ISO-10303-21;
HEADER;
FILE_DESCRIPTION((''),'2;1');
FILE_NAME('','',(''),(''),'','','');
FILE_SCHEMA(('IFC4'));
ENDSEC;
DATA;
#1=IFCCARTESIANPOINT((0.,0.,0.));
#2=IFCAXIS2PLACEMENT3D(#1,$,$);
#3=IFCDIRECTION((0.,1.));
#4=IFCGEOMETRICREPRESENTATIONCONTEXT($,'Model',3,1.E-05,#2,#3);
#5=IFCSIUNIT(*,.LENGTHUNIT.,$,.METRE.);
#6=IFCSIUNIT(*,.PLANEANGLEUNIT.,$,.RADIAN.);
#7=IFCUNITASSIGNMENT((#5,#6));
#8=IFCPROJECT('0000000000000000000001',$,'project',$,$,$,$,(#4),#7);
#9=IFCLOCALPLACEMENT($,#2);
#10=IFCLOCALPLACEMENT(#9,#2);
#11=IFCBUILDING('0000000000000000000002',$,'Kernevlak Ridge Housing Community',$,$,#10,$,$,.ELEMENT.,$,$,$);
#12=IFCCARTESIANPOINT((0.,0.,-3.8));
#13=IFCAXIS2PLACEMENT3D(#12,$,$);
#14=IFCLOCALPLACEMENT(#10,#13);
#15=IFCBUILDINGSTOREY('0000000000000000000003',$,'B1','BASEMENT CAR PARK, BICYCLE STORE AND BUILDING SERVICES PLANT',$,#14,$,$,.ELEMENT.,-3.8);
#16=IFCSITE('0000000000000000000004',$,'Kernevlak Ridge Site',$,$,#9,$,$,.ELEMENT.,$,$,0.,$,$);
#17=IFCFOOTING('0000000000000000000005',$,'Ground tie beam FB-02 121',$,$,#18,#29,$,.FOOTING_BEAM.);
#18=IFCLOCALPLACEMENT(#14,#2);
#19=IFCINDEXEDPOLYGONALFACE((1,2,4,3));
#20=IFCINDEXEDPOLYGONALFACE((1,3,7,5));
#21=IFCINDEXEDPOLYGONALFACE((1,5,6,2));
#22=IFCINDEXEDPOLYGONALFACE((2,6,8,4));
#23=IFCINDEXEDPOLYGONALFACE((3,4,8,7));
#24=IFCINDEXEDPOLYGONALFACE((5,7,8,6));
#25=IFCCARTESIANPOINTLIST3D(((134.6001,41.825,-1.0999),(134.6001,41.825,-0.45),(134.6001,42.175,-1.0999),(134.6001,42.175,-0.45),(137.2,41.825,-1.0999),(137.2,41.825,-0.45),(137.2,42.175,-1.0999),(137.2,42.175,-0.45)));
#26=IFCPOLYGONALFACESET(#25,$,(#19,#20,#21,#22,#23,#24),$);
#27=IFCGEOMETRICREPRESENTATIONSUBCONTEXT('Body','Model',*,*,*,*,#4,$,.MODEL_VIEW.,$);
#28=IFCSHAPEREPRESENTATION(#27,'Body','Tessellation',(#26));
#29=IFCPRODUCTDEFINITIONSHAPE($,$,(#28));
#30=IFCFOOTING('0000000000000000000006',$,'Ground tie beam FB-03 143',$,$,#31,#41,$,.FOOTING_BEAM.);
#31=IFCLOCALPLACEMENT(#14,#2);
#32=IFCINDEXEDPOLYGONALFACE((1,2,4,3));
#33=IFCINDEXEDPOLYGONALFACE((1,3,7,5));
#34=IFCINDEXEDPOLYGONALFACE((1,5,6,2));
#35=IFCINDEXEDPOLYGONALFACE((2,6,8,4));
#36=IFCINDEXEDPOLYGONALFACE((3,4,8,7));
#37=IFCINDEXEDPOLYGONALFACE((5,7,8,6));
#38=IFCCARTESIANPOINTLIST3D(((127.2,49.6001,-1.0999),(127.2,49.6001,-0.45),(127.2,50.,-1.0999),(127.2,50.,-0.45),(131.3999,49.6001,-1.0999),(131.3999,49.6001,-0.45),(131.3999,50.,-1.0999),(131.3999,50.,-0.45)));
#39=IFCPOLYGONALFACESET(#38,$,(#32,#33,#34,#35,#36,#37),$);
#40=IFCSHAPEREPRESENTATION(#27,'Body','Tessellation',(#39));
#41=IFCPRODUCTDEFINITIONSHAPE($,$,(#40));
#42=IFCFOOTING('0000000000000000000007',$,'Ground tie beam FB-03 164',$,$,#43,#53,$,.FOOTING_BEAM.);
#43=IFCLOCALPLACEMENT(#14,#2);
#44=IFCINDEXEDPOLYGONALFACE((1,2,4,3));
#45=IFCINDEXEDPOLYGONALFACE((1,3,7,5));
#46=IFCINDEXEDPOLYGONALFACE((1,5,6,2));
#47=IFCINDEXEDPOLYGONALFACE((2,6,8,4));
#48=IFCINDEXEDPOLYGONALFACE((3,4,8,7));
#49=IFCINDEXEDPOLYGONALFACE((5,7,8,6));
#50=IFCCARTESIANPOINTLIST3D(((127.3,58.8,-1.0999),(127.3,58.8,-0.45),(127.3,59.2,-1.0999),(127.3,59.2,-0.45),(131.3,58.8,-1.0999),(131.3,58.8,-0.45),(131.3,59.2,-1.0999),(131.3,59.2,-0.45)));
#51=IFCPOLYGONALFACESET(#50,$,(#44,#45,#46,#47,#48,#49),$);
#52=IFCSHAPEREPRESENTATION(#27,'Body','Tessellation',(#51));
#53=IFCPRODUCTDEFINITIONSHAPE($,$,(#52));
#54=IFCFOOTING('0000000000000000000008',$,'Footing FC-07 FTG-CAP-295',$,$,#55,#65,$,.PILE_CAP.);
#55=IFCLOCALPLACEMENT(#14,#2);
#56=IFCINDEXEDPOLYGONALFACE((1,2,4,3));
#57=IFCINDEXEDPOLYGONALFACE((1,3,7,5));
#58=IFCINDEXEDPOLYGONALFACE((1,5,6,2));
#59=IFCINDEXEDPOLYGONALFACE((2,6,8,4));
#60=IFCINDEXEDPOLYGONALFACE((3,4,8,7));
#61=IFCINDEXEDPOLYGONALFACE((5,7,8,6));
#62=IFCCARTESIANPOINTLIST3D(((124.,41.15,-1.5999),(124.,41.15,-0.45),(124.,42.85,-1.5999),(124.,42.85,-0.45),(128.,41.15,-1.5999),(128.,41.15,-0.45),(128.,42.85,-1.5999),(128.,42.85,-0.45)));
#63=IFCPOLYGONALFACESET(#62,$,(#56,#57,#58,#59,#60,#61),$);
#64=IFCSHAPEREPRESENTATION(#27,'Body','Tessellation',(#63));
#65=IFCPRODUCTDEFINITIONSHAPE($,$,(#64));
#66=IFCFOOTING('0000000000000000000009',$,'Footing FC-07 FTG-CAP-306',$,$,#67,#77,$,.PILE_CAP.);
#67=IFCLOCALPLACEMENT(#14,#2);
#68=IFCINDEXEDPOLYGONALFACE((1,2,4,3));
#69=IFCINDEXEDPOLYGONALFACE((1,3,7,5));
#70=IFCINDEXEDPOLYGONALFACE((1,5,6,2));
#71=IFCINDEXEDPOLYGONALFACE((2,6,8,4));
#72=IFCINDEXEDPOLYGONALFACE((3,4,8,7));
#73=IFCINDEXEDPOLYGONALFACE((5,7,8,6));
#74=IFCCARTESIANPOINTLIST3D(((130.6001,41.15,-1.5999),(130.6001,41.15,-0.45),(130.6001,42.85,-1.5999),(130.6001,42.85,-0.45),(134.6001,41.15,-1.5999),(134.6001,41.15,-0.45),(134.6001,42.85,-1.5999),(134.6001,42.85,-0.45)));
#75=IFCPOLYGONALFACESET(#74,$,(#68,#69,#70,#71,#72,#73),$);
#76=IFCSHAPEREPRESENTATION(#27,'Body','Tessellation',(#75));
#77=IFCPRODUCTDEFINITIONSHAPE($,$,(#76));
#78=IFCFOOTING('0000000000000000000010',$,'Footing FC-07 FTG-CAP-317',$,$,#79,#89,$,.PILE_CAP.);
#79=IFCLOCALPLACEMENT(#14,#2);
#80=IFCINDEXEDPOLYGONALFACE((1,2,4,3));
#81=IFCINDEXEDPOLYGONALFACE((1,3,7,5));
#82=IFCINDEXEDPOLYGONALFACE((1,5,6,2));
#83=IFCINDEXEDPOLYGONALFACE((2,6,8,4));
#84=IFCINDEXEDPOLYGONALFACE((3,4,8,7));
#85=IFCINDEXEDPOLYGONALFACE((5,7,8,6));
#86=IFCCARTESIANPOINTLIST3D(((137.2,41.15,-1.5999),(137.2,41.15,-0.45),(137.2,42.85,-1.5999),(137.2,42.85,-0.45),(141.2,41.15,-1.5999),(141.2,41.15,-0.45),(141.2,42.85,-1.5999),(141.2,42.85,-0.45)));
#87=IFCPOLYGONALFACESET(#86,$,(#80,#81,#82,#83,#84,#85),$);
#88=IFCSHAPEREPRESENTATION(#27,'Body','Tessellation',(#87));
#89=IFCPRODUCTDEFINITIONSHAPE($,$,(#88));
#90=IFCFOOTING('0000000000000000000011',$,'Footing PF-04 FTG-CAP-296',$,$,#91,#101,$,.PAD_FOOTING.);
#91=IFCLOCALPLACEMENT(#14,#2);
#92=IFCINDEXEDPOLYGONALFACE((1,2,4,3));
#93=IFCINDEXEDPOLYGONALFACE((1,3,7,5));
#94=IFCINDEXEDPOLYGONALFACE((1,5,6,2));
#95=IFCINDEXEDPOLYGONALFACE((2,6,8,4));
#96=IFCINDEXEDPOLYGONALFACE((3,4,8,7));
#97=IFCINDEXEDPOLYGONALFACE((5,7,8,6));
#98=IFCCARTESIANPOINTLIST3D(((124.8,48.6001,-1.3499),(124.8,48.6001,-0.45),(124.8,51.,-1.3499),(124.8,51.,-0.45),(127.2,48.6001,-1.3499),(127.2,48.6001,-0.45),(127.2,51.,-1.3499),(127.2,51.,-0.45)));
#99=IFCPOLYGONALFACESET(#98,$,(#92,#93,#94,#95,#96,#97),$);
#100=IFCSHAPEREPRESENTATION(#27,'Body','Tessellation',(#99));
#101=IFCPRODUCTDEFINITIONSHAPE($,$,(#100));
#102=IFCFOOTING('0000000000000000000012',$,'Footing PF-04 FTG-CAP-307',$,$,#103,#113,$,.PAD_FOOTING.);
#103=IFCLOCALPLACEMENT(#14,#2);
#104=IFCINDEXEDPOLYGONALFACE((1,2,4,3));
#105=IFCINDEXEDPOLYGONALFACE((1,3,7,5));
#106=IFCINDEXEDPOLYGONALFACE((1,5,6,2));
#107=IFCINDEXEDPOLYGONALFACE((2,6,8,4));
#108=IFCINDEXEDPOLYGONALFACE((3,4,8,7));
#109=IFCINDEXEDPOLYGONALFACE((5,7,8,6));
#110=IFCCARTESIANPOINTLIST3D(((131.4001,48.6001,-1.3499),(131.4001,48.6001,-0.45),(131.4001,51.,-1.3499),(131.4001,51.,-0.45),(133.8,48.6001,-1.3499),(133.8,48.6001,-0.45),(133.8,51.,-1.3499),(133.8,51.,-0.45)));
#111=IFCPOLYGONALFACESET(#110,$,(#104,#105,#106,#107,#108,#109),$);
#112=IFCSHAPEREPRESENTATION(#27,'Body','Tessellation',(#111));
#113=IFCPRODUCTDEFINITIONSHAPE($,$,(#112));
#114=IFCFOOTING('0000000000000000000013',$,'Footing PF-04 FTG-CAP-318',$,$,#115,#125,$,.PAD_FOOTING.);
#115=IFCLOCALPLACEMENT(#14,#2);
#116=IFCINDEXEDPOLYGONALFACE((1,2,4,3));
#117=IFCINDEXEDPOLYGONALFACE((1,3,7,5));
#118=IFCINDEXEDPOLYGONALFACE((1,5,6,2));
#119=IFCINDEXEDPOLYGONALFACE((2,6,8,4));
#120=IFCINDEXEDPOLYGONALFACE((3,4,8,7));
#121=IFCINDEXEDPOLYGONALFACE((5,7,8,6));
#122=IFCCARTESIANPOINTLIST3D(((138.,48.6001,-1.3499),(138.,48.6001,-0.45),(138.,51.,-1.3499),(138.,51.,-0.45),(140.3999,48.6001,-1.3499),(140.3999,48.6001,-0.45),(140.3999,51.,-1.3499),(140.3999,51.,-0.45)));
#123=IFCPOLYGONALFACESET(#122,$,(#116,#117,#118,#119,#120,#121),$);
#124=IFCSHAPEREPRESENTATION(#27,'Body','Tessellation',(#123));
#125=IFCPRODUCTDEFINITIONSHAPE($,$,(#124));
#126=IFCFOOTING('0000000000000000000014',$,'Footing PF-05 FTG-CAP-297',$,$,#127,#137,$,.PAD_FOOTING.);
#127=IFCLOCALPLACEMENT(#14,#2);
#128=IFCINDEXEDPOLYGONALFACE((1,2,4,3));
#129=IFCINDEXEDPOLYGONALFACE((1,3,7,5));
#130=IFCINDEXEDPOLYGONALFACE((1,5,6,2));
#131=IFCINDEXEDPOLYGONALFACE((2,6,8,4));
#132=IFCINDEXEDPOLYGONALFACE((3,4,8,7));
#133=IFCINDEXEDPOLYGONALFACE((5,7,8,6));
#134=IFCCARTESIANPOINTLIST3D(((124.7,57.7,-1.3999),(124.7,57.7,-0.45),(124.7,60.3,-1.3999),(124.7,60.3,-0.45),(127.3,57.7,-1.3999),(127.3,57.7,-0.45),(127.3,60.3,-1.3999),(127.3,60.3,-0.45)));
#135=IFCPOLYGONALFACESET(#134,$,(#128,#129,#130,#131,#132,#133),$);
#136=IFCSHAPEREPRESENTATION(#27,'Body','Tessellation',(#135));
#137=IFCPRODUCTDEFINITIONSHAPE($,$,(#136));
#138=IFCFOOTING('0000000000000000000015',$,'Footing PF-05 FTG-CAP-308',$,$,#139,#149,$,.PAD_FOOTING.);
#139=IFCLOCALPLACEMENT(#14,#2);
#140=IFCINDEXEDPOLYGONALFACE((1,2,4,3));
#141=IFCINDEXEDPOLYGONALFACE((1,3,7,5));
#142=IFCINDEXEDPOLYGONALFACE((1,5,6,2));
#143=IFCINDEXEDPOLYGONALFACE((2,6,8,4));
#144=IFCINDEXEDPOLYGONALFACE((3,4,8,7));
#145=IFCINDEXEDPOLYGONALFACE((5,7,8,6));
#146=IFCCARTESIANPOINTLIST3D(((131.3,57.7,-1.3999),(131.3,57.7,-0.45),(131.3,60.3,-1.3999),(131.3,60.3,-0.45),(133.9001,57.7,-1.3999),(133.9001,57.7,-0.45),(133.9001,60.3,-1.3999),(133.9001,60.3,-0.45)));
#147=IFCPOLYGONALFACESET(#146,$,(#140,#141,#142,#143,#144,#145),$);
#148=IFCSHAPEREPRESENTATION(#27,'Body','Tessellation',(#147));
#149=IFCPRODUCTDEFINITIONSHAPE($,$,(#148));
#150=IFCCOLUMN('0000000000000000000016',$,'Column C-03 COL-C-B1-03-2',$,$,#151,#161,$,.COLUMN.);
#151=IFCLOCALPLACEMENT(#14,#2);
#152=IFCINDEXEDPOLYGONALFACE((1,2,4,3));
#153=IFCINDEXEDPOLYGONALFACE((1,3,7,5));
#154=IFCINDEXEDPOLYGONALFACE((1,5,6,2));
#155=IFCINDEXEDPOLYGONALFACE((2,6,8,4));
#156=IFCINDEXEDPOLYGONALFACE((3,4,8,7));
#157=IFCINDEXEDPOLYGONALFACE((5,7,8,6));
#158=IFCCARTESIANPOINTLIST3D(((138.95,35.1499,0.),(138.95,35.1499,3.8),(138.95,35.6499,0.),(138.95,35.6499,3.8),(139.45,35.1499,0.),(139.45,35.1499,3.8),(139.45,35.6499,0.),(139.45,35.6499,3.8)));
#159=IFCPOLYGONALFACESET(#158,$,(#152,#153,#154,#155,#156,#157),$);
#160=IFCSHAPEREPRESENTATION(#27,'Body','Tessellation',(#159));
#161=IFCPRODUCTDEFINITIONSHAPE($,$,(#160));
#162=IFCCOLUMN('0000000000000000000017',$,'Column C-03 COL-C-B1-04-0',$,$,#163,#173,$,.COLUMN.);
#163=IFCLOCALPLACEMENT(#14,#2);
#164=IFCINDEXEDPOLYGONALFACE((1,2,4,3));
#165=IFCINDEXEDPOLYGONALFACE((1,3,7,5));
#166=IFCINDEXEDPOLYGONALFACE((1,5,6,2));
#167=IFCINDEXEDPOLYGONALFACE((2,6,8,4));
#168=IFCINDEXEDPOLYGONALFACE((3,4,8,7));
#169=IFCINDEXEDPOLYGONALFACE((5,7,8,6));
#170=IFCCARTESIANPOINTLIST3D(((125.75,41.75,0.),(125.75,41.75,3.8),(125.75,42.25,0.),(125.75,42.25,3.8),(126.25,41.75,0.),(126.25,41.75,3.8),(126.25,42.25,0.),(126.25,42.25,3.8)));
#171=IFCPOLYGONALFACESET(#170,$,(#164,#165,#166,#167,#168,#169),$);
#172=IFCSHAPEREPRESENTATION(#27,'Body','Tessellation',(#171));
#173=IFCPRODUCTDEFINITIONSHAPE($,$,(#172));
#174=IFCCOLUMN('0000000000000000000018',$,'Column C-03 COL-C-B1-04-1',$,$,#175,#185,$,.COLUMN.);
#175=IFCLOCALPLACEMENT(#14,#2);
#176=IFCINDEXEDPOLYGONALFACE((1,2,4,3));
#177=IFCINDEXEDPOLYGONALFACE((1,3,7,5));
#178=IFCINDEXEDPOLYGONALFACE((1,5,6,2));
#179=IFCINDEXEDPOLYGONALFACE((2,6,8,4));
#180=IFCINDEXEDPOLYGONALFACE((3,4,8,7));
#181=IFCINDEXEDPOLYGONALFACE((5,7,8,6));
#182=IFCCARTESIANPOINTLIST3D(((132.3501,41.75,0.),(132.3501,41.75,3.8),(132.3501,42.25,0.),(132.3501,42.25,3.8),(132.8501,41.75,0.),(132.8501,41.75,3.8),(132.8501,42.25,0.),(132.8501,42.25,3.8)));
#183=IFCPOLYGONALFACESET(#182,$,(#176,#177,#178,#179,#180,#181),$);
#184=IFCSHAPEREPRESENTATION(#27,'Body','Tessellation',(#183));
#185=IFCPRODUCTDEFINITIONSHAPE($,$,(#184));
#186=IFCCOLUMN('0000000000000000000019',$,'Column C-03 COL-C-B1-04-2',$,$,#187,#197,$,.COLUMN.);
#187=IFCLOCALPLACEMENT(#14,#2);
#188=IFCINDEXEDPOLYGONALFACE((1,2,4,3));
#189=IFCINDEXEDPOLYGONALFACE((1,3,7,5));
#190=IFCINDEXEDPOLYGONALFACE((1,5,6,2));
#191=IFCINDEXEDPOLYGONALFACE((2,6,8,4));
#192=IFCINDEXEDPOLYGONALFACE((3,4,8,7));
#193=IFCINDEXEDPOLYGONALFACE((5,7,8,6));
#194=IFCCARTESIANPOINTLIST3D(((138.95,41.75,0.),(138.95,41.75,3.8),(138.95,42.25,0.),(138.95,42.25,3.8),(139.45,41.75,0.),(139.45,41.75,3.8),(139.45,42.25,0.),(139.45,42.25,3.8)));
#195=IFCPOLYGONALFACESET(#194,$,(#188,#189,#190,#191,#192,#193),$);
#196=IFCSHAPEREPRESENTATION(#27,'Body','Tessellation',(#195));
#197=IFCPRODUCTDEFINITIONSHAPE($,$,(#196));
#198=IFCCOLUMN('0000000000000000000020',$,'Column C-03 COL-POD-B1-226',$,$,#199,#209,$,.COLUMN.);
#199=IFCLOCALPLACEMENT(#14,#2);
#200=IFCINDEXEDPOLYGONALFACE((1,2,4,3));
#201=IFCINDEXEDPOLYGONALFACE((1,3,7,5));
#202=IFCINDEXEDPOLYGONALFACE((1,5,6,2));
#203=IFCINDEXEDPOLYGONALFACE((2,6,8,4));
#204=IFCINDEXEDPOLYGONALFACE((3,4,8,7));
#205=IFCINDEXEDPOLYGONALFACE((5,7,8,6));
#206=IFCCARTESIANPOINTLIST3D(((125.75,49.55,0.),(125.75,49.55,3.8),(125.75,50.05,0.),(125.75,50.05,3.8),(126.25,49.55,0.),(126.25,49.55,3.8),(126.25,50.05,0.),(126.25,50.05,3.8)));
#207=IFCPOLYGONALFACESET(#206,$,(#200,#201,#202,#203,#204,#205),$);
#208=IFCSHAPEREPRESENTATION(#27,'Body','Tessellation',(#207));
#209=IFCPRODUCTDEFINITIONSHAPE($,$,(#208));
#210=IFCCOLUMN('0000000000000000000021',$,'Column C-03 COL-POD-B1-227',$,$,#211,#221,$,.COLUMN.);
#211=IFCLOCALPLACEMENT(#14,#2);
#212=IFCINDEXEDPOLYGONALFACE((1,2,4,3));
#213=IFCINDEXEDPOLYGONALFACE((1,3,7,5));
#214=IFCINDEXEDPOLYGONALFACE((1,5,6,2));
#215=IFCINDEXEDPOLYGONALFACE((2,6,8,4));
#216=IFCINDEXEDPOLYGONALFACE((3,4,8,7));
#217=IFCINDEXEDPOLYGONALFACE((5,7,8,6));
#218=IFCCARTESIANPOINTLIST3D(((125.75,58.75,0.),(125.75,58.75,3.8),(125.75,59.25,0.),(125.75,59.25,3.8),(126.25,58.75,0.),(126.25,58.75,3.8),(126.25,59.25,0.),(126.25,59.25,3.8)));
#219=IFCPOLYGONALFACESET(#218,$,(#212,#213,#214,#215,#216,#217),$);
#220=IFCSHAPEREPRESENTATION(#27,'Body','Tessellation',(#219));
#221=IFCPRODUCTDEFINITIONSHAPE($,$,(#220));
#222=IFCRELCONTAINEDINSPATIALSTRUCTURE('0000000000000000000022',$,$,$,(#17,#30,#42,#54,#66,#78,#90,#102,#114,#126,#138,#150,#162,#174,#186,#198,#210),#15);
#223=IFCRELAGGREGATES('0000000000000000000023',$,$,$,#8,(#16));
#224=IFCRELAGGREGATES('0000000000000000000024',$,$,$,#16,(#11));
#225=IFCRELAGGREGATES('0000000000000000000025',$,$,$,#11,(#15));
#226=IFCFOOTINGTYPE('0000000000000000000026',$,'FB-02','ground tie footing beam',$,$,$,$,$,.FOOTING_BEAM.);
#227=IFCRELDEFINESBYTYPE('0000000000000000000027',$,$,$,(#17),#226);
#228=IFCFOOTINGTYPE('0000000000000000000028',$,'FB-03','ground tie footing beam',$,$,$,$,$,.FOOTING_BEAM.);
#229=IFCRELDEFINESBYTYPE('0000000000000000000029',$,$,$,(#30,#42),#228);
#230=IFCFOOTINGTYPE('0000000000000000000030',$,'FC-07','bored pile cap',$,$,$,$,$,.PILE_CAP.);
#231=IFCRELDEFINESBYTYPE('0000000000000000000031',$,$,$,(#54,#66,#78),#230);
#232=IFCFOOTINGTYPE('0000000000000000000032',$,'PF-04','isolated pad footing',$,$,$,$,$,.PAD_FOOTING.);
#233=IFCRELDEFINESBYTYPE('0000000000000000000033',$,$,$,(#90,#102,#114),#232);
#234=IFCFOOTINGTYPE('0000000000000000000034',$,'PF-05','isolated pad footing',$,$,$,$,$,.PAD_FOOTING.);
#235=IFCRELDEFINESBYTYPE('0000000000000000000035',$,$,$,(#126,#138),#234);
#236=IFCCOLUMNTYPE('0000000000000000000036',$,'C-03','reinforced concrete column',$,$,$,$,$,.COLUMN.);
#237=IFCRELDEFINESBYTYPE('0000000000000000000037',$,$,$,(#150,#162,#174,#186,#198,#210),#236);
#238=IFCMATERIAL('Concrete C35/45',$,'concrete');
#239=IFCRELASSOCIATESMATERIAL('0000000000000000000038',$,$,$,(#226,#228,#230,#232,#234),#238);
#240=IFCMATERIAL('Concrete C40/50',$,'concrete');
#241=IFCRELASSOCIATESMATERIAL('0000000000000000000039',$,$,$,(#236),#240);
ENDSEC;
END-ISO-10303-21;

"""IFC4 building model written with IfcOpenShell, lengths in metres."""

from ifc_helpers import new_model, si_unit, direction, frame, origin, origin_2d, place, context, subcontext, project, spatial, rectangle, extrude, material, material_profile, profile_set, type_object, element, save


model = new_model("IFC4")

# Units and contexts
model_context = context("Model", 3, precision=1e-05, world=origin(), true_north=direction((0.0, 1.0)))
body_context = subcontext(model_context, "Body", "Model", "MODEL_VIEW")
ifc_project = project(units=[si_unit("LENGTHUNIT", "METRE"), si_unit("PLANEANGLEUNIT", "RADIAN")], contexts=[model_context])

# Site, building, storey
site_placement = place(None, origin())
site = spatial("IfcSite", under=ifc_project, at=site_placement, Name="Kernevlak Ridge Site", CompositionType="ELEMENT", RefElevation=0.0)
building_placement = place(site_placement, origin())
building = spatial("IfcBuilding", under=site, at=building_placement, Name="Kernevlak Ridge Housing Community", CompositionType="ELEMENT")
storey_placement = place(building_placement, frame((0.0, 0.0, -3.8)))
storey = spatial("IfcBuildingStorey", under=building, at=storey_placement, Name="B1", Description="BASEMENT CAR PARK, BICYCLE STORE AND BUILDING SERVICES PLANT", CompositionType="ELEMENT", Elevation=-3.8)

# Shared definitions
ifc_material_1 = material(Name="Concrete C35/45", Category="concrete")

# Footings
ifc_material_profile_1 = material_profile(ifc_material_1, rectangle(XDim=0.3501, YDim=0.6499, at=origin_2d()), Name="RC 350x650")
ifc_profile_set_1 = profile_set([ifc_material_profile_1], Name="Concrete C35/45")
footing_type_1 = type_object("IfcFootingType", Name="FB-02", Description="ground tie footing beam", PredefinedType="FOOTING_BEAM", material=ifc_profile_set_1)
footing_1_placement = place(storey_placement, frame((134.6001, 42.0, -0.7749), z_axis=(1.0, 0.0, 0.0), x_axis=(0.0, 1.0, 0.0)))
element("IfcFooting", 1, at=footing_1_placement, inside=storey, type_object=footing_type_1, Name="Ground tie beam FB-02 121", PredefinedType="FOOTING_BEAM", context=body_context, shape_type="SweptSolid", body=[
    extrude(rectangle(XDim=0.3501, YDim=0.6499, at=origin_2d()), origin(), (0.0, 0.0, 1.0), 2.5999),
])
ifc_material_profile_2 = material_profile(ifc_material_1, rectangle(XDim=0.3999, YDim=0.6499, at=origin_2d()), Name="RC 400x650")
ifc_profile_set_2 = profile_set([ifc_material_profile_2], Name="Concrete C35/45")
footing_type_2 = type_object("IfcFootingType", Name="FB-03", Description="ground tie footing beam", PredefinedType="FOOTING_BEAM", material=ifc_profile_set_2)
footing_2_placement = place(storey_placement, frame((127.2, 49.8, -0.7749), z_axis=(1.0, 0.0, 0.0), x_axis=(0.0, 1.0, 0.0)))
element("IfcFooting", 2, at=footing_2_placement, inside=storey, type_object=footing_type_2, Name="Ground tie beam FB-03 143", PredefinedType="FOOTING_BEAM", context=body_context, shape_type="SweptSolid", body=[
    extrude(rectangle(XDim=0.3999, YDim=0.6499, at=origin_2d()), origin(), (0.0, 0.0, 1.0), 4.2),
])
footing_3_placement = place(storey_placement, frame((127.3, 59.0, -0.7749), z_axis=(1.0, 0.0, 0.0), x_axis=(0.0, 1.0, 0.0)))
element("IfcFooting", 3, at=footing_3_placement, inside=storey, type_object=footing_type_2, Name="Ground tie beam FB-03 164", PredefinedType="FOOTING_BEAM", context=body_context, shape_type="SweptSolid", body=[
    extrude(rectangle(XDim=0.3999, YDim=0.6499, at=origin_2d()), origin(), (0.0, 0.0, 1.0), 4.0),
])
footing_type_3 = type_object("IfcFootingType", Name="FC-07", Description="bored pile cap", PredefinedType="PILE_CAP", material=ifc_material_1)
for number, where, z_axis, x_axis, name in (
    (4, (126.0, 42.0, -1.5999), (0.0, 0.0, 1.0), (1.0, 0.0, 0.0), "Footing FC-07 FTG-CAP-295"),
    (5, (132.6001, 42.0, -1.5999), (0.0, 0.0, 1.0), (1.0, 0.0, 0.0), "Footing FC-07 FTG-CAP-306"),
    (6, (139.2, 42.0, -1.5999), (0.0, 0.0, 1.0), (1.0, 0.0, 0.0), "Footing FC-07 FTG-CAP-317"),
):
    element("IfcFooting", number, at=place(storey_placement, frame(where, z_axis=z_axis, x_axis=x_axis)), inside=storey, type_object=footing_type_3, Name=name, PredefinedType="PILE_CAP", context=body_context, shape_type="SweptSolid", body=[
        extrude(rectangle(XDim=4.0, YDim=1.7, at=origin_2d()), origin(), (0.0, 0.0, 1.0), 1.1499),
    ])
footing_type_4 = type_object("IfcFootingType", Name="PF-04", Description="isolated pad footing", PredefinedType="PAD_FOOTING", material=ifc_material_1)
for number, where, z_axis, x_axis, name in (
    (7, (126.0, 49.8, -1.3499), (0.0, 0.0, 1.0), (1.0, 0.0, 0.0), "Footing PF-04 FTG-CAP-296"),
    (8, (132.6001, 49.8, -1.3499), (0.0, 0.0, 1.0), (1.0, 0.0, 0.0), "Footing PF-04 FTG-CAP-307"),
    (9, (139.2, 49.8, -1.3499), (0.0, 0.0, 1.0), (1.0, 0.0, 0.0), "Footing PF-04 FTG-CAP-318"),
):
    element("IfcFooting", number, at=place(storey_placement, frame(where, z_axis=z_axis, x_axis=x_axis)), inside=storey, type_object=footing_type_4, Name=name, PredefinedType="PAD_FOOTING", context=body_context, shape_type="SweptSolid", body=[
        extrude(rectangle(XDim=2.3999, YDim=2.3999, at=origin_2d()), origin(), (0.0, 0.0, 1.0), 0.8999),
    ])
footing_type_5 = type_object("IfcFootingType", Name="PF-05", Description="isolated pad footing", PredefinedType="PAD_FOOTING", material=ifc_material_1)
for number, where, z_axis, x_axis, name in (
    (10, (126.0, 59.0, -1.3999), (0.0, 0.0, 1.0), (1.0, 0.0, 0.0), "Footing PF-05 FTG-CAP-297"),
    (11, (132.6001, 59.0, -1.3999), (0.0, 0.0, 1.0), (1.0, 0.0, 0.0), "Footing PF-05 FTG-CAP-308"),
):
    element("IfcFooting", number, at=place(storey_placement, frame(where, z_axis=z_axis, x_axis=x_axis)), inside=storey, type_object=footing_type_5, Name=name, PredefinedType="PAD_FOOTING", context=body_context, shape_type="SweptSolid", body=[
        extrude(rectangle(XDim=2.6001, YDim=2.6001, at=origin_2d()), origin(), (0.0, 0.0, 1.0), 0.95),
    ])

# Columns
ifc_material_2 = material(Name="Concrete C40/50", Category="concrete")
ifc_material_profile_3 = material_profile(ifc_material_2, rectangle(XDim=0.5, YDim=0.5, at=origin_2d()), Name="RC 500x500")
ifc_profile_set_3 = profile_set([ifc_material_profile_3], Name="Concrete C40/50")
column_type = type_object("IfcColumnType", Name="C-03", Description="reinforced concrete column", PredefinedType="COLUMN", material=ifc_profile_set_3)
for number, where, z_axis, x_axis, name in (
    (12, (139.2, 35.3999, 0.0), (0.0, 0.0, 1.0), (1.0, 0.0, 0.0), "Column C-03 COL-C-B1-03-2"),
    (13, (126.0, 42.0, 0.0), (0.0, 0.0, 1.0), (1.0, 0.0, 0.0), "Column C-03 COL-C-B1-04-0"),
    (14, (132.6001, 42.0, 0.0), (0.0, 0.0, 1.0), (1.0, 0.0, 0.0), "Column C-03 COL-C-B1-04-1"),
    (15, (139.2, 42.0, 0.0), (0.0, 0.0, 1.0), (1.0, 0.0, 0.0), "Column C-03 COL-C-B1-04-2"),
    (16, (126.0, 49.8, 0.0), (0.0, 0.0, 1.0), (1.0, 0.0, 0.0), "Column C-03 COL-POD-B1-226"),
    (17, (126.0, 59.0, 0.0), (0.0, 0.0, 1.0), (1.0, 0.0, 0.0), "Column C-03 COL-POD-B1-227"),
):
    element("IfcColumn", number, at=place(storey_placement, frame(where, z_axis=z_axis, x_axis=x_axis)), inside=storey, type_object=column_type, Name=name, PredefinedType="COLUMN", context=body_context, shape_type="SweptSolid", body=[
        extrude(rectangle(XDim=0.5, YDim=0.5, at=origin_2d()), origin(), (0.0, 0.0, 1.0), 3.8),
    ])

save(model, "model.ifc")
